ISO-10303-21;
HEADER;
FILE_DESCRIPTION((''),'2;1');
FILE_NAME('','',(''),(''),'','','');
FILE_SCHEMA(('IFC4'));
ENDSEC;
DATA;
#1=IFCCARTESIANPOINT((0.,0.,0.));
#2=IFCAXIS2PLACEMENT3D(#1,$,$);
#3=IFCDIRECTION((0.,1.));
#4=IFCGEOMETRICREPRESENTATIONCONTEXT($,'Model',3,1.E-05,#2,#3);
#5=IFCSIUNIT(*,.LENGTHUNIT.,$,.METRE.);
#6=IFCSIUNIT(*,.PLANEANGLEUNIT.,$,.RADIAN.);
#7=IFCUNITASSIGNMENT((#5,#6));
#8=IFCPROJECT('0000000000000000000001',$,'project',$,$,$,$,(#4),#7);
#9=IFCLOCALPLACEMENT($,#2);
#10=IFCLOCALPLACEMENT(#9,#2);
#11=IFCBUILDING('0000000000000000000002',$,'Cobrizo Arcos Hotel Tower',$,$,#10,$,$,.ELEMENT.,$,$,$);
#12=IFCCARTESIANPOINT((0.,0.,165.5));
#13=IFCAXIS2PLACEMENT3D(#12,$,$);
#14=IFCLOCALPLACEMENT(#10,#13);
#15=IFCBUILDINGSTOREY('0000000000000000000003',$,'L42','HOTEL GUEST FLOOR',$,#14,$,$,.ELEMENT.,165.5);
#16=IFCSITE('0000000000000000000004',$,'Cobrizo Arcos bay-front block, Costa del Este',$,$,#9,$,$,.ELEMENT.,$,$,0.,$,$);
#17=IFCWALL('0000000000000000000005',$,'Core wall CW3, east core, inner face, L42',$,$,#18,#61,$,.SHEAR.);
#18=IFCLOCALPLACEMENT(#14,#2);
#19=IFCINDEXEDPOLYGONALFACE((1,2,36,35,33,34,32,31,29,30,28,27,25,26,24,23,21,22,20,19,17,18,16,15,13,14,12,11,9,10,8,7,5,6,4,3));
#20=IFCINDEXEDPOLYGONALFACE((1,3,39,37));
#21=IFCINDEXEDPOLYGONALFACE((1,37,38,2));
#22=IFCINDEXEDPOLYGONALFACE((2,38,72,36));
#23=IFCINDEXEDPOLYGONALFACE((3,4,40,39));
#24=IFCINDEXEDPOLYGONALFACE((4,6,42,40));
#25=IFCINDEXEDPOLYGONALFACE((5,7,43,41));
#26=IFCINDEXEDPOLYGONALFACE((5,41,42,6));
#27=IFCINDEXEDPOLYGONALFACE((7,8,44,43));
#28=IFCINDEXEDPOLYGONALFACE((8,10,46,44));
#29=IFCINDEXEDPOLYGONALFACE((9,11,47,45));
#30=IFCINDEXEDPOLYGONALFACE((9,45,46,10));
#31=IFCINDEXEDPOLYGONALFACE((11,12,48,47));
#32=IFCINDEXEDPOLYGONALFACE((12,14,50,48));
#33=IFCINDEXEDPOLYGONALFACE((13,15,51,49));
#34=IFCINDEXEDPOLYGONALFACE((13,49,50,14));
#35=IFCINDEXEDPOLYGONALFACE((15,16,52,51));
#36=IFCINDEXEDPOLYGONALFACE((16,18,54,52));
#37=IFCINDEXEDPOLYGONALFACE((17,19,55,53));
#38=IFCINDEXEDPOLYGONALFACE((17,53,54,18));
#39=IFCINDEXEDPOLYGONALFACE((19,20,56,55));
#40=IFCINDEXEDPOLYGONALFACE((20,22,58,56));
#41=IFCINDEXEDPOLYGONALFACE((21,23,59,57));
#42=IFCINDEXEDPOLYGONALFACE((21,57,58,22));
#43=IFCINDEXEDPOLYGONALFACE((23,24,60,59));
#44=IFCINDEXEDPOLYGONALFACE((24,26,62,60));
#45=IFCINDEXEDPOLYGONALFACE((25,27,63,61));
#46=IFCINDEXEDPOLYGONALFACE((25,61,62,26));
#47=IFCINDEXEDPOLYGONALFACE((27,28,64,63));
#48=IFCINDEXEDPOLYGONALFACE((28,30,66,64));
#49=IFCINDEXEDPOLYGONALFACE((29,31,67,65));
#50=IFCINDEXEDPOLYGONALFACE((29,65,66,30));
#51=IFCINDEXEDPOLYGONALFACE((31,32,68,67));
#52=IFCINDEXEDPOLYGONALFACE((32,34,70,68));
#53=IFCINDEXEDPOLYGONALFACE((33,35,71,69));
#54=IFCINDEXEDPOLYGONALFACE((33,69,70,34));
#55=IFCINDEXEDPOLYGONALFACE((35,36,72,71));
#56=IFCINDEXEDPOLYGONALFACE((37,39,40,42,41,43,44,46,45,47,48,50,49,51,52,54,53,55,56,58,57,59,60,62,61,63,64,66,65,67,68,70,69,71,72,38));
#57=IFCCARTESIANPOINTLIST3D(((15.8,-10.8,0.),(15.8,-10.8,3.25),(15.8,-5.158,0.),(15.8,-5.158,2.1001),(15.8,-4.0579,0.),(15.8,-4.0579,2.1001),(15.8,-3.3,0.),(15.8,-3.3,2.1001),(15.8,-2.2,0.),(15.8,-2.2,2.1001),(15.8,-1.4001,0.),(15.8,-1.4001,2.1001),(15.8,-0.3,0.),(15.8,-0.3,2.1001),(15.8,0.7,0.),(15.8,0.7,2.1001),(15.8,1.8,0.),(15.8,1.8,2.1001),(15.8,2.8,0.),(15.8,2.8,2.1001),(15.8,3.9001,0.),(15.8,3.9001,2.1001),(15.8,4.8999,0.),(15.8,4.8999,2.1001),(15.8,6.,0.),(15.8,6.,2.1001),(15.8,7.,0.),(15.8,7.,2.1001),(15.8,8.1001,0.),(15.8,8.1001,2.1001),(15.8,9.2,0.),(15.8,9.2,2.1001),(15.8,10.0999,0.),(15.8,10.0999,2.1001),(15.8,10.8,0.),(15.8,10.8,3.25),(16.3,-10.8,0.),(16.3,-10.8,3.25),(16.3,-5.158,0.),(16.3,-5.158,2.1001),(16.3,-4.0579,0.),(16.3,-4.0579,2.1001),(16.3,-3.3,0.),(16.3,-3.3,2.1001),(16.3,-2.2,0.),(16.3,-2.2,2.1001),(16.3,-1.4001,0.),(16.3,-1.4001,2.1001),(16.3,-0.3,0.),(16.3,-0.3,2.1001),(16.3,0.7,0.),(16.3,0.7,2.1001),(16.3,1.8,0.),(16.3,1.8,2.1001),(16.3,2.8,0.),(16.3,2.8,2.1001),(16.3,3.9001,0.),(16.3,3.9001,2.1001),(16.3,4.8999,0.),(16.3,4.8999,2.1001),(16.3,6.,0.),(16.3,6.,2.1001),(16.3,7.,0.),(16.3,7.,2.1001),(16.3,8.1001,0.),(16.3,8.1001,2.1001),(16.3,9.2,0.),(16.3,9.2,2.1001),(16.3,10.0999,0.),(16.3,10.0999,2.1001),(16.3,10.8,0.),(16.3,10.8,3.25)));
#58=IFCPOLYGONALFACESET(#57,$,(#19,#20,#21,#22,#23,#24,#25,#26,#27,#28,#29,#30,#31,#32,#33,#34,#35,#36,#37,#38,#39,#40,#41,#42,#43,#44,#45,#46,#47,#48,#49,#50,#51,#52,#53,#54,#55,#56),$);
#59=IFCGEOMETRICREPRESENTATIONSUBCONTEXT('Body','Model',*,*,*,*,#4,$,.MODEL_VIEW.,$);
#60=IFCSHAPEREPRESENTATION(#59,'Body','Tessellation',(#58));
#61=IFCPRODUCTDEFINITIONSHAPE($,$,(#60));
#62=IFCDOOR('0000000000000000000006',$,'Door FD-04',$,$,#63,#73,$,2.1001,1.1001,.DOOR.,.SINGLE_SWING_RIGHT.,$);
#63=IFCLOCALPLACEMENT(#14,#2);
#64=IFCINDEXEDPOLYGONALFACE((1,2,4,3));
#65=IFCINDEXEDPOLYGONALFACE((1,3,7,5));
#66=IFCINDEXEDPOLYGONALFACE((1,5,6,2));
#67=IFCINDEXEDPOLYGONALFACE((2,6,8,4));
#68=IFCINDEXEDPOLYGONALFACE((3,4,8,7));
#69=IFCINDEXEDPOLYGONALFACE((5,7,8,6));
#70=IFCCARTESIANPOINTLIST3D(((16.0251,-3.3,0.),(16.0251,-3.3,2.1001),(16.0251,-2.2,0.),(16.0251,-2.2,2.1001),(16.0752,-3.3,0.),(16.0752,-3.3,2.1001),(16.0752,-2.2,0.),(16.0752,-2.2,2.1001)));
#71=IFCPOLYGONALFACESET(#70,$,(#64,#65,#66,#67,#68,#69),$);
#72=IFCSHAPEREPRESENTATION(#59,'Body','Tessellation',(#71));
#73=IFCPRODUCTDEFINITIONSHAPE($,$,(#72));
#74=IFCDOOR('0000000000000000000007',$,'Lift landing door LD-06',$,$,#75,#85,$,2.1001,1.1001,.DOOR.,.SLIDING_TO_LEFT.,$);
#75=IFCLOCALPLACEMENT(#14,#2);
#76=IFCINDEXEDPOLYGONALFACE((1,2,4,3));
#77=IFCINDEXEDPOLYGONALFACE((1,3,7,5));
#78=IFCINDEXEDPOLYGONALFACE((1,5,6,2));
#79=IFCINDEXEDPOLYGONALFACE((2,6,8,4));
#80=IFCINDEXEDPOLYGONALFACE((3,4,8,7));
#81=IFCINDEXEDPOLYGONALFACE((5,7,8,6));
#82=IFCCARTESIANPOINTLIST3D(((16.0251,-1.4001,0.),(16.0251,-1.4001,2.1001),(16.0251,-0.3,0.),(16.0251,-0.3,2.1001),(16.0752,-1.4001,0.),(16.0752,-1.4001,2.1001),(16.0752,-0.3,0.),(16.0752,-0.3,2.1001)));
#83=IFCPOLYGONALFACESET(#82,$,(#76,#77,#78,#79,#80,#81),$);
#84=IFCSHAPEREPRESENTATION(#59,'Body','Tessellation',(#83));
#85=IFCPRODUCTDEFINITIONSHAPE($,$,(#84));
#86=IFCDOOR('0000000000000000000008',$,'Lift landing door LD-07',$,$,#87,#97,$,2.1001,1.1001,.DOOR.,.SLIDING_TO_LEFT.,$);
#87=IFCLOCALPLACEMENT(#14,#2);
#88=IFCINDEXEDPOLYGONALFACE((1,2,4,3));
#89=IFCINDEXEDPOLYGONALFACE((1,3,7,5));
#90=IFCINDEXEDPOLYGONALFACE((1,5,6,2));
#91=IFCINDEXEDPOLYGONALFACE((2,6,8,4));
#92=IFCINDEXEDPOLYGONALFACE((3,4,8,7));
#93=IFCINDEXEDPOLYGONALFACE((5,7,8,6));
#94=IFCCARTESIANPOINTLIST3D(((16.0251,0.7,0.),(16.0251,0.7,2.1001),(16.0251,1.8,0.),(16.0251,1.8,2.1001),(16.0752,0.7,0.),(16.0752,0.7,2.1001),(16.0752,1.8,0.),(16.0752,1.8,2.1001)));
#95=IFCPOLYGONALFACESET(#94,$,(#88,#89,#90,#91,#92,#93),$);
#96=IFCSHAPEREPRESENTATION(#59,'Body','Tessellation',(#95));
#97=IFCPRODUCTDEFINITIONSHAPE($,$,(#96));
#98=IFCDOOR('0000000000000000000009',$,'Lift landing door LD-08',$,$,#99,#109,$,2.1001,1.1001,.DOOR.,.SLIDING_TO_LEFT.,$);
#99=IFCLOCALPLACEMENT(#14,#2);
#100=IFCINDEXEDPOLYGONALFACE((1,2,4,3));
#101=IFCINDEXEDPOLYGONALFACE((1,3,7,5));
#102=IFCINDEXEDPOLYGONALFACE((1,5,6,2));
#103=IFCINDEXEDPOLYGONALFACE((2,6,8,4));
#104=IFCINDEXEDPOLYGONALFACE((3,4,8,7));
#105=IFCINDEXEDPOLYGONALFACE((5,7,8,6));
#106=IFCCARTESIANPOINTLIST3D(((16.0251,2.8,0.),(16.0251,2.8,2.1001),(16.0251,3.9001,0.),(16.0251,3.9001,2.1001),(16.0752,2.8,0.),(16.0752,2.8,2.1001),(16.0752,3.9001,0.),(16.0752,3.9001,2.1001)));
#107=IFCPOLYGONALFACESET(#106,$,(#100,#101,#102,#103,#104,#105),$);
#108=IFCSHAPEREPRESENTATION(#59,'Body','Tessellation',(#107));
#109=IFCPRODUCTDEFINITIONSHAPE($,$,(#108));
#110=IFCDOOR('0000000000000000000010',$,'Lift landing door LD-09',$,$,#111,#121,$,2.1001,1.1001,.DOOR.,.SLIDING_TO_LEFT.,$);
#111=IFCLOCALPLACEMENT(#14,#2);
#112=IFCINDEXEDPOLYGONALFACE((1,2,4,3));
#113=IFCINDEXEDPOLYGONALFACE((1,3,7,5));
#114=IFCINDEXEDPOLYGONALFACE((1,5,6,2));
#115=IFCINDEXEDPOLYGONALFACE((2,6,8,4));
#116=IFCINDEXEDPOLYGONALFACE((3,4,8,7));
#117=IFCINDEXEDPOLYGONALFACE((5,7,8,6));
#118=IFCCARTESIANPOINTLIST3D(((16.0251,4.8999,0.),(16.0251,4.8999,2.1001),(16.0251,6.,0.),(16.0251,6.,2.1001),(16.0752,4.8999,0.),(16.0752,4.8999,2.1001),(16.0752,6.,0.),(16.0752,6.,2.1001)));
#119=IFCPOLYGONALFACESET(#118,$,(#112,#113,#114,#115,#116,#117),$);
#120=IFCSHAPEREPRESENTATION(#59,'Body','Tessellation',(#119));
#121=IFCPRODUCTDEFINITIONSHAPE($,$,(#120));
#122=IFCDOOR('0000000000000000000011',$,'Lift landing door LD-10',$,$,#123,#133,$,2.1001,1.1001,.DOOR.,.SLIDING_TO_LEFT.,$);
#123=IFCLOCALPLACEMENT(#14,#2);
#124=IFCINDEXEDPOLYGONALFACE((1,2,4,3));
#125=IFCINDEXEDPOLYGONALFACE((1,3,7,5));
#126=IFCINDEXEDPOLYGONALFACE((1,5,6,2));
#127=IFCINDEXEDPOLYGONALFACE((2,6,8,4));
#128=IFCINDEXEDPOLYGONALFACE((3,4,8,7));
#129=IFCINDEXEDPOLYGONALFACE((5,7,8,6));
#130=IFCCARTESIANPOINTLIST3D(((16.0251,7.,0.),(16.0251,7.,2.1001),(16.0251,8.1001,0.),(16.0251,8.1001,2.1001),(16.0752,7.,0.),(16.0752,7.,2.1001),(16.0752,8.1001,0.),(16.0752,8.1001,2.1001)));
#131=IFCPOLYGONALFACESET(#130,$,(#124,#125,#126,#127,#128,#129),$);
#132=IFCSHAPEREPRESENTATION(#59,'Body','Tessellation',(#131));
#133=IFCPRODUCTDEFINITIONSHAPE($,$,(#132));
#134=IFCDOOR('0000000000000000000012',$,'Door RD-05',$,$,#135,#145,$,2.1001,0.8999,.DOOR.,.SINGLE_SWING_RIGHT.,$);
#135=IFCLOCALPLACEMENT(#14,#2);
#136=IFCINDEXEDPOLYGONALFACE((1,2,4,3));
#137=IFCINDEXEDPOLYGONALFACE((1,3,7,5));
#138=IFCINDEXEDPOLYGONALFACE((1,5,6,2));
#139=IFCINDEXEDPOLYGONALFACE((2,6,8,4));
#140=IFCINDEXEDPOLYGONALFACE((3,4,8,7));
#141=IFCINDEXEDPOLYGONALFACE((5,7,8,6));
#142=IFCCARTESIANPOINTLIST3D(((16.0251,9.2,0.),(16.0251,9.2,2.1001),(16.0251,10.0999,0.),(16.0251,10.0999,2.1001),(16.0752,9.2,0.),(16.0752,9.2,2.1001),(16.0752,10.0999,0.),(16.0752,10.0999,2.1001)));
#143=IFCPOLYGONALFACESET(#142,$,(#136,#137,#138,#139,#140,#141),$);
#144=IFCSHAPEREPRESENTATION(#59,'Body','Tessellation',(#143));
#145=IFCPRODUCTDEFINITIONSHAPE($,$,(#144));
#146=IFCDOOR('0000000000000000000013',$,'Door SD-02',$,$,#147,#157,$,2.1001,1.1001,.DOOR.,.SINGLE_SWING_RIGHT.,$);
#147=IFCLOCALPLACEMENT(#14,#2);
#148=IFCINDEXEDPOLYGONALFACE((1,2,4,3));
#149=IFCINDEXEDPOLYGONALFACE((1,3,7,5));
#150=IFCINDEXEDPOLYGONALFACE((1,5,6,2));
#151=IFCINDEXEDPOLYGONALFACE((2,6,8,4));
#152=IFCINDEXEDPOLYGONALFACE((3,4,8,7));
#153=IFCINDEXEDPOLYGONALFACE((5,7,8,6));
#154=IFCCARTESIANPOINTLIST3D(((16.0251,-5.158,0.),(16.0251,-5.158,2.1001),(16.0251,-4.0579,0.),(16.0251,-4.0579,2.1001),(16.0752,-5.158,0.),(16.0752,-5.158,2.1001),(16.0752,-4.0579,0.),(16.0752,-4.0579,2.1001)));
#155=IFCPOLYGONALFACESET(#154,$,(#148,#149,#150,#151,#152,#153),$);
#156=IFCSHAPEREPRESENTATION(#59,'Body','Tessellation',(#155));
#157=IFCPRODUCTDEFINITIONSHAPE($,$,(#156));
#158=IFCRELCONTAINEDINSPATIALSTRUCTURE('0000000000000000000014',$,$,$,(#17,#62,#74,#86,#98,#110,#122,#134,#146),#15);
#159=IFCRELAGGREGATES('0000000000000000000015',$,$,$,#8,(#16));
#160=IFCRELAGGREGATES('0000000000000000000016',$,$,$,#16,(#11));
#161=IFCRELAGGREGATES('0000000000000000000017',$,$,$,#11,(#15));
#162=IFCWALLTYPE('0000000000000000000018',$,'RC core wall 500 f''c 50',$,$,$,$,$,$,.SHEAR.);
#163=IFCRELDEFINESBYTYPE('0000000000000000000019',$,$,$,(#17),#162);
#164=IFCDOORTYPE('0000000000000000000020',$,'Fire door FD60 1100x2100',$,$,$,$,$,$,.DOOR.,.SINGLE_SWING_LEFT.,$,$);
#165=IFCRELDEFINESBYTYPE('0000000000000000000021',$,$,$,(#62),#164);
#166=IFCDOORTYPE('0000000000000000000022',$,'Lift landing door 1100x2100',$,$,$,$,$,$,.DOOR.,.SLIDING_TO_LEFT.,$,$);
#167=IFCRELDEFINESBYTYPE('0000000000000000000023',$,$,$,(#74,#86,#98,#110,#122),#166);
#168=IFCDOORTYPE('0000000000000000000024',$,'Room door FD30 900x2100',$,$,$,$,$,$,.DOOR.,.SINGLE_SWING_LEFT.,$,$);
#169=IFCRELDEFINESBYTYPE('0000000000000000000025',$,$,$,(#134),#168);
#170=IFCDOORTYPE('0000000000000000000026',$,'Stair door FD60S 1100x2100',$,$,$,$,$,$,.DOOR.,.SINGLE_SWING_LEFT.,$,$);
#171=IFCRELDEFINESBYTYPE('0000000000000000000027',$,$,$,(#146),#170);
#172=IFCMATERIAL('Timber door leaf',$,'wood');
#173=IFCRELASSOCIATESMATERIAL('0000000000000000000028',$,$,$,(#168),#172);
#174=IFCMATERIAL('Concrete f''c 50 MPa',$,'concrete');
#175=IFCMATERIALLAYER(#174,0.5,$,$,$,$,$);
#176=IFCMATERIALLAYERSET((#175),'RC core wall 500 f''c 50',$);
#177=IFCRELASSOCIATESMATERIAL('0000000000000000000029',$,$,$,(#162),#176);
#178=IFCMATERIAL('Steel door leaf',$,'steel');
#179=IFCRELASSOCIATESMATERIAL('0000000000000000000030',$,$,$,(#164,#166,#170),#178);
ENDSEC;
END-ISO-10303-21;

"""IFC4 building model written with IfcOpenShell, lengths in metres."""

from ifc_helpers import new_model, si_unit, direction, frame, frame_2d, origin, place, context, subcontext, project, spatial, rectangle, extrude, material, layer, layer_set, type_object, element, fill, save


model = new_model("IFC4")

# Units and contexts
model_context = context("Model", 3, precision=1e-05, world=origin(), true_north=direction((0.0, 1.0)))
body_context = subcontext(model_context, "Body", "Model", "MODEL_VIEW")
ifc_project = project(units=[si_unit("LENGTHUNIT", "METRE"), si_unit("PLANEANGLEUNIT", "RADIAN")], contexts=[model_context])

# Site, building, storey
site_placement = place(None, origin())
site = spatial("IfcSite", under=ifc_project, at=site_placement, Name="Cobrizo Arcos bay-front block, Costa del Este", CompositionType="ELEMENT", RefElevation=0.0)
building_placement = place(site_placement, origin())
building = spatial("IfcBuilding", under=site, at=building_placement, Name="Cobrizo Arcos Hotel Tower", CompositionType="ELEMENT")
storey_placement = place(building_placement, frame((0.0, 0.0, 165.5)))
storey = spatial("IfcBuildingStorey", under=building, at=storey_placement, Name="L42", Description="HOTEL GUEST FLOOR", CompositionType="ELEMENT", Elevation=165.5)

# Shared definitions
ifc_material_1 = material(Name="Timber door leaf", Category="wood")
door_type_1 = type_object("IfcDoorType", Name="Room door FD30 900x2100", OperationType="SINGLE_SWING_LEFT", PredefinedType="DOOR", material=ifc_material_1)

# Wall, openings, doors
ifc_material_2 = material(Name="Concrete f'c 50 MPa", Category="concrete")
ifc_layer_1 = layer(ifc_material_2, 0.5)
ifc_layer_set_1 = layer_set([ifc_layer_1], Name="RC core wall 500 f'c 50")
wall_type_1 = type_object("IfcWallType", Name="RC core wall 500 f'c 50", PredefinedType="SHEAR", material=ifc_layer_set_1)
wall_1_placement = place(storey_placement, frame((16.05, -10.8, 0.0), z_axis=(0.0, 0.0, 1.0), x_axis=(0.0, 1.0, 0.0)))
wall_1 = element("IfcWall", 1, at=wall_1_placement, inside=storey, type_object=wall_type_1, Name="Core wall CW3, east core, inner face, L42", PredefinedType="SHEAR", context=body_context, shape_type="SweptSolid", body=[
    extrude(rectangle(XDim=21.6001, YDim=0.5, at=frame_2d((10.8, 0.0))), origin(), (0.0, 0.0, 1.0), 3.25),
])
opening_1_placement = place(wall_1_placement, frame((9.3999, 0.0, 0.0)))
opening_1 = element("IfcOpeningElement", 2, at=opening_1_placement, cuts=wall_1, PredefinedType="OPENING", context=body_context, shape_type="SweptSolid", body=[
    extrude(rectangle(XDim=1.1001, YDim=2.1001, at=frame_2d((0.55, 1.05))), frame((0.0, 0.262, 0.0), z_axis=(0.0, -1.0, 0.0), x_axis=(1.0, 0.0, 0.0)), (0.0, 0.0, 1.0), 0.5239),
])
opening_2_placement = place(wall_1_placement, frame((11.5, 0.0, 0.0)))
opening_2 = element("IfcOpeningElement", 3, at=opening_2_placement, cuts=wall_1, PredefinedType="OPENING", context=body_context, shape_type="SweptSolid", body=[
    extrude(rectangle(XDim=1.1001, YDim=2.1001, at=frame_2d((0.55, 1.05))), frame((0.0, 0.262, 0.0), z_axis=(0.0, -1.0, 0.0), x_axis=(1.0, 0.0, 0.0)), (0.0, 0.0, 1.0), 0.5239),
])
opening_3_placement = place(wall_1_placement, frame((13.6001, 0.0, 0.0)))
opening_3 = element("IfcOpeningElement", 4, at=opening_3_placement, cuts=wall_1, PredefinedType="OPENING", context=body_context, shape_type="SweptSolid", body=[
    extrude(rectangle(XDim=1.1001, YDim=2.1001, at=frame_2d((0.55, 1.05))), frame((0.0, 0.262, 0.0), z_axis=(0.0, -1.0, 0.0), x_axis=(1.0, 0.0, 0.0)), (0.0, 0.0, 1.0), 0.5239),
])
opening_4_placement = place(wall_1_placement, frame((15.7, 0.0, 0.0)))
opening_4 = element("IfcOpeningElement", 5, at=opening_4_placement, cuts=wall_1, PredefinedType="OPENING", context=body_context, shape_type="SweptSolid", body=[
    extrude(rectangle(XDim=1.1001, YDim=2.1001, at=frame_2d((0.55, 1.05))), frame((0.0, 0.262, 0.0), z_axis=(0.0, -1.0, 0.0), x_axis=(1.0, 0.0, 0.0)), (0.0, 0.0, 1.0), 0.5239),
])
opening_5_placement = place(wall_1_placement, frame((17.8, 0.0, 0.0)))
opening_5 = element("IfcOpeningElement", 6, at=opening_5_placement, cuts=wall_1, PredefinedType="OPENING", context=body_context, shape_type="SweptSolid", body=[
    extrude(rectangle(XDim=1.1001, YDim=2.1001, at=frame_2d((0.55, 1.05))), frame((0.0, 0.262, 0.0), z_axis=(0.0, -1.0, 0.0), x_axis=(1.0, 0.0, 0.0)), (0.0, 0.0, 1.0), 0.5239),
])
opening_6_placement = place(wall_1_placement, frame((5.6421, 0.0, 0.0)))
opening_6 = element("IfcOpeningElement", 7, at=opening_6_placement, cuts=wall_1, PredefinedType="OPENING", context=body_context, shape_type="SweptSolid", body=[
    extrude(rectangle(XDim=1.1001, YDim=2.1001, at=frame_2d((0.55, 1.05))), frame((0.0, 0.262, 0.0), z_axis=(0.0, -1.0, 0.0), x_axis=(1.0, 0.0, 0.0)), (0.0, 0.0, 1.0), 0.5239),
])
opening_7_placement = place(wall_1_placement, frame((7.5, 0.0, 0.0)))
opening_7 = element("IfcOpeningElement", 8, at=opening_7_placement, cuts=wall_1, PredefinedType="OPENING", context=body_context, shape_type="SweptSolid", body=[
    extrude(rectangle(XDim=1.1001, YDim=2.1001, at=frame_2d((0.55, 1.05))), frame((0.0, 0.262, 0.0), z_axis=(0.0, -1.0, 0.0), x_axis=(1.0, 0.0, 0.0)), (0.0, 0.0, 1.0), 0.5239),
])
opening_8_placement = place(wall_1_placement, frame((20.0, 0.0, 0.0)))
opening_8 = element("IfcOpeningElement", 9, at=opening_8_placement, cuts=wall_1, PredefinedType="OPENING", context=body_context, shape_type="SweptSolid", body=[
    extrude(rectangle(XDim=0.8999, YDim=2.1001, at=frame_2d((0.45, 1.05))), frame((0.0, 0.262, 0.0), z_axis=(0.0, -1.0, 0.0), x_axis=(1.0, 0.0, 0.0)), (0.0, 0.0, 1.0), 0.5239),
])
ifc_material_3 = material(Name="Steel door leaf", Category="steel")
door_type_2 = type_object("IfcDoorType", Name="Fire door FD60 1100x2100", OperationType="SINGLE_SWING_LEFT", PredefinedType="DOOR", material=ifc_material_3)
door_1_placement = place(opening_7_placement, origin())
door_1 = element("IfcDoor", 10, at=door_1_placement, inside=storey, type_object=door_type_2, Name="Door FD-04", OperationType="SINGLE_SWING_RIGHT", OverallHeight=2.1001, OverallWidth=1.1001, PredefinedType="DOOR", context=body_context, shape_type="SweptSolid", body=[
    extrude(rectangle(XDim=1.1001, YDim=2.1001, at=frame_2d((0.55, 1.05))), frame((0.0, 0.0249, 0.0), z_axis=(0.0, -1.0, 0.0), x_axis=(1.0, 0.0, 0.0)), (0.0, 0.0, 1.0), 0.05),
])
fill(opening_7, door_1)
door_type_3 = type_object("IfcDoorType", Name="Lift landing door 1100x2100", OperationType="SLIDING_TO_LEFT", PredefinedType="DOOR", material=ifc_material_3)
door_2_placement = place(opening_1_placement, origin())
door_2 = element("IfcDoor", 11, at=door_2_placement, inside=storey, type_object=door_type_3, Name="Lift landing door LD-06", OperationType="SLIDING_TO_LEFT", OverallHeight=2.1001, OverallWidth=1.1001, PredefinedType="DOOR", context=body_context, shape_type="SweptSolid", body=[
    extrude(rectangle(XDim=1.1001, YDim=2.1001, at=frame_2d((0.55, 1.05))), frame((0.0, 0.0249, 0.0), z_axis=(0.0, -1.0, 0.0), x_axis=(1.0, 0.0, 0.0)), (0.0, 0.0, 1.0), 0.05),
])
fill(opening_1, door_2)
door_3_placement = place(opening_2_placement, origin())
door_3 = element("IfcDoor", 12, at=door_3_placement, inside=storey, type_object=door_type_3, Name="Lift landing door LD-07", OperationType="SLIDING_TO_LEFT", OverallHeight=2.1001, OverallWidth=1.1001, PredefinedType="DOOR", context=body_context, shape_type="SweptSolid", body=[
    extrude(rectangle(XDim=1.1001, YDim=2.1001, at=frame_2d((0.55, 1.05))), frame((0.0, 0.0249, 0.0), z_axis=(0.0, -1.0, 0.0), x_axis=(1.0, 0.0, 0.0)), (0.0, 0.0, 1.0), 0.05),
])
fill(opening_2, door_3)
door_4_placement = place(opening_3_placement, origin())
door_4 = element("IfcDoor", 13, at=door_4_placement, inside=storey, type_object=door_type_3, Name="Lift landing door LD-08", OperationType="SLIDING_TO_LEFT", OverallHeight=2.1001, OverallWidth=1.1001, PredefinedType="DOOR", context=body_context, shape_type="SweptSolid", body=[
    extrude(rectangle(XDim=1.1001, YDim=2.1001, at=frame_2d((0.55, 1.05))), frame((0.0, 0.0249, 0.0), z_axis=(0.0, -1.0, 0.0), x_axis=(1.0, 0.0, 0.0)), (0.0, 0.0, 1.0), 0.05),
])
fill(opening_3, door_4)
door_5_placement = place(opening_4_placement, origin())
door_5 = element("IfcDoor", 14, at=door_5_placement, inside=storey, type_object=door_type_3, Name="Lift landing door LD-09", OperationType="SLIDING_TO_LEFT", OverallHeight=2.1001, OverallWidth=1.1001, PredefinedType="DOOR", context=body_context, shape_type="SweptSolid", body=[
    extrude(rectangle(XDim=1.1001, YDim=2.1001, at=frame_2d((0.55, 1.05))), frame((0.0, 0.0249, 0.0), z_axis=(0.0, -1.0, 0.0), x_axis=(1.0, 0.0, 0.0)), (0.0, 0.0, 1.0), 0.05),
])
fill(opening_4, door_5)
door_6_placement = place(opening_5_placement, origin())
door_6 = element("IfcDoor", 15, at=door_6_placement, inside=storey, type_object=door_type_3, Name="Lift landing door LD-10", OperationType="SLIDING_TO_LEFT", OverallHeight=2.1001, OverallWidth=1.1001, PredefinedType="DOOR", context=body_context, shape_type="SweptSolid", body=[
    extrude(rectangle(XDim=1.1001, YDim=2.1001, at=frame_2d((0.55, 1.05))), frame((0.0, 0.0249, 0.0), z_axis=(0.0, -1.0, 0.0), x_axis=(1.0, 0.0, 0.0)), (0.0, 0.0, 1.0), 0.05),
])
fill(opening_5, door_6)
door_7_placement = place(opening_8_placement, origin())
door_7 = element("IfcDoor", 16, at=door_7_placement, inside=storey, type_object=door_type_1, Name="Door RD-05", OperationType="SINGLE_SWING_RIGHT", OverallHeight=2.1001, OverallWidth=0.8999, PredefinedType="DOOR", context=body_context, shape_type="SweptSolid", body=[
    extrude(rectangle(XDim=0.8999, YDim=2.1001, at=frame_2d((0.45, 1.05))), frame((0.0, 0.0249, 0.0), z_axis=(0.0, -1.0, 0.0), x_axis=(1.0, 0.0, 0.0)), (0.0, 0.0, 1.0), 0.05),
])
fill(opening_8, door_7)
door_type_4 = type_object("IfcDoorType", Name="Stair door FD60S 1100x2100", OperationType="SINGLE_SWING_LEFT", PredefinedType="DOOR", material=ifc_material_3)
door_8_placement = place(opening_6_placement, origin())
door_8 = element("IfcDoor", 17, at=door_8_placement, inside=storey, type_object=door_type_4, Name="Door SD-02", OperationType="SINGLE_SWING_RIGHT", OverallHeight=2.1001, OverallWidth=1.1001, PredefinedType="DOOR", context=body_context, shape_type="SweptSolid", body=[
    extrude(rectangle(XDim=1.1001, YDim=2.1001, at=frame_2d((0.55, 1.05))), frame((0.0, 0.0249, 0.0), z_axis=(0.0, -1.0, 0.0), x_axis=(1.0, 0.0, 0.0)), (0.0, 0.0, 1.0), 0.05),
])
fill(opening_6, door_8)

save(model, "model.ifc")
